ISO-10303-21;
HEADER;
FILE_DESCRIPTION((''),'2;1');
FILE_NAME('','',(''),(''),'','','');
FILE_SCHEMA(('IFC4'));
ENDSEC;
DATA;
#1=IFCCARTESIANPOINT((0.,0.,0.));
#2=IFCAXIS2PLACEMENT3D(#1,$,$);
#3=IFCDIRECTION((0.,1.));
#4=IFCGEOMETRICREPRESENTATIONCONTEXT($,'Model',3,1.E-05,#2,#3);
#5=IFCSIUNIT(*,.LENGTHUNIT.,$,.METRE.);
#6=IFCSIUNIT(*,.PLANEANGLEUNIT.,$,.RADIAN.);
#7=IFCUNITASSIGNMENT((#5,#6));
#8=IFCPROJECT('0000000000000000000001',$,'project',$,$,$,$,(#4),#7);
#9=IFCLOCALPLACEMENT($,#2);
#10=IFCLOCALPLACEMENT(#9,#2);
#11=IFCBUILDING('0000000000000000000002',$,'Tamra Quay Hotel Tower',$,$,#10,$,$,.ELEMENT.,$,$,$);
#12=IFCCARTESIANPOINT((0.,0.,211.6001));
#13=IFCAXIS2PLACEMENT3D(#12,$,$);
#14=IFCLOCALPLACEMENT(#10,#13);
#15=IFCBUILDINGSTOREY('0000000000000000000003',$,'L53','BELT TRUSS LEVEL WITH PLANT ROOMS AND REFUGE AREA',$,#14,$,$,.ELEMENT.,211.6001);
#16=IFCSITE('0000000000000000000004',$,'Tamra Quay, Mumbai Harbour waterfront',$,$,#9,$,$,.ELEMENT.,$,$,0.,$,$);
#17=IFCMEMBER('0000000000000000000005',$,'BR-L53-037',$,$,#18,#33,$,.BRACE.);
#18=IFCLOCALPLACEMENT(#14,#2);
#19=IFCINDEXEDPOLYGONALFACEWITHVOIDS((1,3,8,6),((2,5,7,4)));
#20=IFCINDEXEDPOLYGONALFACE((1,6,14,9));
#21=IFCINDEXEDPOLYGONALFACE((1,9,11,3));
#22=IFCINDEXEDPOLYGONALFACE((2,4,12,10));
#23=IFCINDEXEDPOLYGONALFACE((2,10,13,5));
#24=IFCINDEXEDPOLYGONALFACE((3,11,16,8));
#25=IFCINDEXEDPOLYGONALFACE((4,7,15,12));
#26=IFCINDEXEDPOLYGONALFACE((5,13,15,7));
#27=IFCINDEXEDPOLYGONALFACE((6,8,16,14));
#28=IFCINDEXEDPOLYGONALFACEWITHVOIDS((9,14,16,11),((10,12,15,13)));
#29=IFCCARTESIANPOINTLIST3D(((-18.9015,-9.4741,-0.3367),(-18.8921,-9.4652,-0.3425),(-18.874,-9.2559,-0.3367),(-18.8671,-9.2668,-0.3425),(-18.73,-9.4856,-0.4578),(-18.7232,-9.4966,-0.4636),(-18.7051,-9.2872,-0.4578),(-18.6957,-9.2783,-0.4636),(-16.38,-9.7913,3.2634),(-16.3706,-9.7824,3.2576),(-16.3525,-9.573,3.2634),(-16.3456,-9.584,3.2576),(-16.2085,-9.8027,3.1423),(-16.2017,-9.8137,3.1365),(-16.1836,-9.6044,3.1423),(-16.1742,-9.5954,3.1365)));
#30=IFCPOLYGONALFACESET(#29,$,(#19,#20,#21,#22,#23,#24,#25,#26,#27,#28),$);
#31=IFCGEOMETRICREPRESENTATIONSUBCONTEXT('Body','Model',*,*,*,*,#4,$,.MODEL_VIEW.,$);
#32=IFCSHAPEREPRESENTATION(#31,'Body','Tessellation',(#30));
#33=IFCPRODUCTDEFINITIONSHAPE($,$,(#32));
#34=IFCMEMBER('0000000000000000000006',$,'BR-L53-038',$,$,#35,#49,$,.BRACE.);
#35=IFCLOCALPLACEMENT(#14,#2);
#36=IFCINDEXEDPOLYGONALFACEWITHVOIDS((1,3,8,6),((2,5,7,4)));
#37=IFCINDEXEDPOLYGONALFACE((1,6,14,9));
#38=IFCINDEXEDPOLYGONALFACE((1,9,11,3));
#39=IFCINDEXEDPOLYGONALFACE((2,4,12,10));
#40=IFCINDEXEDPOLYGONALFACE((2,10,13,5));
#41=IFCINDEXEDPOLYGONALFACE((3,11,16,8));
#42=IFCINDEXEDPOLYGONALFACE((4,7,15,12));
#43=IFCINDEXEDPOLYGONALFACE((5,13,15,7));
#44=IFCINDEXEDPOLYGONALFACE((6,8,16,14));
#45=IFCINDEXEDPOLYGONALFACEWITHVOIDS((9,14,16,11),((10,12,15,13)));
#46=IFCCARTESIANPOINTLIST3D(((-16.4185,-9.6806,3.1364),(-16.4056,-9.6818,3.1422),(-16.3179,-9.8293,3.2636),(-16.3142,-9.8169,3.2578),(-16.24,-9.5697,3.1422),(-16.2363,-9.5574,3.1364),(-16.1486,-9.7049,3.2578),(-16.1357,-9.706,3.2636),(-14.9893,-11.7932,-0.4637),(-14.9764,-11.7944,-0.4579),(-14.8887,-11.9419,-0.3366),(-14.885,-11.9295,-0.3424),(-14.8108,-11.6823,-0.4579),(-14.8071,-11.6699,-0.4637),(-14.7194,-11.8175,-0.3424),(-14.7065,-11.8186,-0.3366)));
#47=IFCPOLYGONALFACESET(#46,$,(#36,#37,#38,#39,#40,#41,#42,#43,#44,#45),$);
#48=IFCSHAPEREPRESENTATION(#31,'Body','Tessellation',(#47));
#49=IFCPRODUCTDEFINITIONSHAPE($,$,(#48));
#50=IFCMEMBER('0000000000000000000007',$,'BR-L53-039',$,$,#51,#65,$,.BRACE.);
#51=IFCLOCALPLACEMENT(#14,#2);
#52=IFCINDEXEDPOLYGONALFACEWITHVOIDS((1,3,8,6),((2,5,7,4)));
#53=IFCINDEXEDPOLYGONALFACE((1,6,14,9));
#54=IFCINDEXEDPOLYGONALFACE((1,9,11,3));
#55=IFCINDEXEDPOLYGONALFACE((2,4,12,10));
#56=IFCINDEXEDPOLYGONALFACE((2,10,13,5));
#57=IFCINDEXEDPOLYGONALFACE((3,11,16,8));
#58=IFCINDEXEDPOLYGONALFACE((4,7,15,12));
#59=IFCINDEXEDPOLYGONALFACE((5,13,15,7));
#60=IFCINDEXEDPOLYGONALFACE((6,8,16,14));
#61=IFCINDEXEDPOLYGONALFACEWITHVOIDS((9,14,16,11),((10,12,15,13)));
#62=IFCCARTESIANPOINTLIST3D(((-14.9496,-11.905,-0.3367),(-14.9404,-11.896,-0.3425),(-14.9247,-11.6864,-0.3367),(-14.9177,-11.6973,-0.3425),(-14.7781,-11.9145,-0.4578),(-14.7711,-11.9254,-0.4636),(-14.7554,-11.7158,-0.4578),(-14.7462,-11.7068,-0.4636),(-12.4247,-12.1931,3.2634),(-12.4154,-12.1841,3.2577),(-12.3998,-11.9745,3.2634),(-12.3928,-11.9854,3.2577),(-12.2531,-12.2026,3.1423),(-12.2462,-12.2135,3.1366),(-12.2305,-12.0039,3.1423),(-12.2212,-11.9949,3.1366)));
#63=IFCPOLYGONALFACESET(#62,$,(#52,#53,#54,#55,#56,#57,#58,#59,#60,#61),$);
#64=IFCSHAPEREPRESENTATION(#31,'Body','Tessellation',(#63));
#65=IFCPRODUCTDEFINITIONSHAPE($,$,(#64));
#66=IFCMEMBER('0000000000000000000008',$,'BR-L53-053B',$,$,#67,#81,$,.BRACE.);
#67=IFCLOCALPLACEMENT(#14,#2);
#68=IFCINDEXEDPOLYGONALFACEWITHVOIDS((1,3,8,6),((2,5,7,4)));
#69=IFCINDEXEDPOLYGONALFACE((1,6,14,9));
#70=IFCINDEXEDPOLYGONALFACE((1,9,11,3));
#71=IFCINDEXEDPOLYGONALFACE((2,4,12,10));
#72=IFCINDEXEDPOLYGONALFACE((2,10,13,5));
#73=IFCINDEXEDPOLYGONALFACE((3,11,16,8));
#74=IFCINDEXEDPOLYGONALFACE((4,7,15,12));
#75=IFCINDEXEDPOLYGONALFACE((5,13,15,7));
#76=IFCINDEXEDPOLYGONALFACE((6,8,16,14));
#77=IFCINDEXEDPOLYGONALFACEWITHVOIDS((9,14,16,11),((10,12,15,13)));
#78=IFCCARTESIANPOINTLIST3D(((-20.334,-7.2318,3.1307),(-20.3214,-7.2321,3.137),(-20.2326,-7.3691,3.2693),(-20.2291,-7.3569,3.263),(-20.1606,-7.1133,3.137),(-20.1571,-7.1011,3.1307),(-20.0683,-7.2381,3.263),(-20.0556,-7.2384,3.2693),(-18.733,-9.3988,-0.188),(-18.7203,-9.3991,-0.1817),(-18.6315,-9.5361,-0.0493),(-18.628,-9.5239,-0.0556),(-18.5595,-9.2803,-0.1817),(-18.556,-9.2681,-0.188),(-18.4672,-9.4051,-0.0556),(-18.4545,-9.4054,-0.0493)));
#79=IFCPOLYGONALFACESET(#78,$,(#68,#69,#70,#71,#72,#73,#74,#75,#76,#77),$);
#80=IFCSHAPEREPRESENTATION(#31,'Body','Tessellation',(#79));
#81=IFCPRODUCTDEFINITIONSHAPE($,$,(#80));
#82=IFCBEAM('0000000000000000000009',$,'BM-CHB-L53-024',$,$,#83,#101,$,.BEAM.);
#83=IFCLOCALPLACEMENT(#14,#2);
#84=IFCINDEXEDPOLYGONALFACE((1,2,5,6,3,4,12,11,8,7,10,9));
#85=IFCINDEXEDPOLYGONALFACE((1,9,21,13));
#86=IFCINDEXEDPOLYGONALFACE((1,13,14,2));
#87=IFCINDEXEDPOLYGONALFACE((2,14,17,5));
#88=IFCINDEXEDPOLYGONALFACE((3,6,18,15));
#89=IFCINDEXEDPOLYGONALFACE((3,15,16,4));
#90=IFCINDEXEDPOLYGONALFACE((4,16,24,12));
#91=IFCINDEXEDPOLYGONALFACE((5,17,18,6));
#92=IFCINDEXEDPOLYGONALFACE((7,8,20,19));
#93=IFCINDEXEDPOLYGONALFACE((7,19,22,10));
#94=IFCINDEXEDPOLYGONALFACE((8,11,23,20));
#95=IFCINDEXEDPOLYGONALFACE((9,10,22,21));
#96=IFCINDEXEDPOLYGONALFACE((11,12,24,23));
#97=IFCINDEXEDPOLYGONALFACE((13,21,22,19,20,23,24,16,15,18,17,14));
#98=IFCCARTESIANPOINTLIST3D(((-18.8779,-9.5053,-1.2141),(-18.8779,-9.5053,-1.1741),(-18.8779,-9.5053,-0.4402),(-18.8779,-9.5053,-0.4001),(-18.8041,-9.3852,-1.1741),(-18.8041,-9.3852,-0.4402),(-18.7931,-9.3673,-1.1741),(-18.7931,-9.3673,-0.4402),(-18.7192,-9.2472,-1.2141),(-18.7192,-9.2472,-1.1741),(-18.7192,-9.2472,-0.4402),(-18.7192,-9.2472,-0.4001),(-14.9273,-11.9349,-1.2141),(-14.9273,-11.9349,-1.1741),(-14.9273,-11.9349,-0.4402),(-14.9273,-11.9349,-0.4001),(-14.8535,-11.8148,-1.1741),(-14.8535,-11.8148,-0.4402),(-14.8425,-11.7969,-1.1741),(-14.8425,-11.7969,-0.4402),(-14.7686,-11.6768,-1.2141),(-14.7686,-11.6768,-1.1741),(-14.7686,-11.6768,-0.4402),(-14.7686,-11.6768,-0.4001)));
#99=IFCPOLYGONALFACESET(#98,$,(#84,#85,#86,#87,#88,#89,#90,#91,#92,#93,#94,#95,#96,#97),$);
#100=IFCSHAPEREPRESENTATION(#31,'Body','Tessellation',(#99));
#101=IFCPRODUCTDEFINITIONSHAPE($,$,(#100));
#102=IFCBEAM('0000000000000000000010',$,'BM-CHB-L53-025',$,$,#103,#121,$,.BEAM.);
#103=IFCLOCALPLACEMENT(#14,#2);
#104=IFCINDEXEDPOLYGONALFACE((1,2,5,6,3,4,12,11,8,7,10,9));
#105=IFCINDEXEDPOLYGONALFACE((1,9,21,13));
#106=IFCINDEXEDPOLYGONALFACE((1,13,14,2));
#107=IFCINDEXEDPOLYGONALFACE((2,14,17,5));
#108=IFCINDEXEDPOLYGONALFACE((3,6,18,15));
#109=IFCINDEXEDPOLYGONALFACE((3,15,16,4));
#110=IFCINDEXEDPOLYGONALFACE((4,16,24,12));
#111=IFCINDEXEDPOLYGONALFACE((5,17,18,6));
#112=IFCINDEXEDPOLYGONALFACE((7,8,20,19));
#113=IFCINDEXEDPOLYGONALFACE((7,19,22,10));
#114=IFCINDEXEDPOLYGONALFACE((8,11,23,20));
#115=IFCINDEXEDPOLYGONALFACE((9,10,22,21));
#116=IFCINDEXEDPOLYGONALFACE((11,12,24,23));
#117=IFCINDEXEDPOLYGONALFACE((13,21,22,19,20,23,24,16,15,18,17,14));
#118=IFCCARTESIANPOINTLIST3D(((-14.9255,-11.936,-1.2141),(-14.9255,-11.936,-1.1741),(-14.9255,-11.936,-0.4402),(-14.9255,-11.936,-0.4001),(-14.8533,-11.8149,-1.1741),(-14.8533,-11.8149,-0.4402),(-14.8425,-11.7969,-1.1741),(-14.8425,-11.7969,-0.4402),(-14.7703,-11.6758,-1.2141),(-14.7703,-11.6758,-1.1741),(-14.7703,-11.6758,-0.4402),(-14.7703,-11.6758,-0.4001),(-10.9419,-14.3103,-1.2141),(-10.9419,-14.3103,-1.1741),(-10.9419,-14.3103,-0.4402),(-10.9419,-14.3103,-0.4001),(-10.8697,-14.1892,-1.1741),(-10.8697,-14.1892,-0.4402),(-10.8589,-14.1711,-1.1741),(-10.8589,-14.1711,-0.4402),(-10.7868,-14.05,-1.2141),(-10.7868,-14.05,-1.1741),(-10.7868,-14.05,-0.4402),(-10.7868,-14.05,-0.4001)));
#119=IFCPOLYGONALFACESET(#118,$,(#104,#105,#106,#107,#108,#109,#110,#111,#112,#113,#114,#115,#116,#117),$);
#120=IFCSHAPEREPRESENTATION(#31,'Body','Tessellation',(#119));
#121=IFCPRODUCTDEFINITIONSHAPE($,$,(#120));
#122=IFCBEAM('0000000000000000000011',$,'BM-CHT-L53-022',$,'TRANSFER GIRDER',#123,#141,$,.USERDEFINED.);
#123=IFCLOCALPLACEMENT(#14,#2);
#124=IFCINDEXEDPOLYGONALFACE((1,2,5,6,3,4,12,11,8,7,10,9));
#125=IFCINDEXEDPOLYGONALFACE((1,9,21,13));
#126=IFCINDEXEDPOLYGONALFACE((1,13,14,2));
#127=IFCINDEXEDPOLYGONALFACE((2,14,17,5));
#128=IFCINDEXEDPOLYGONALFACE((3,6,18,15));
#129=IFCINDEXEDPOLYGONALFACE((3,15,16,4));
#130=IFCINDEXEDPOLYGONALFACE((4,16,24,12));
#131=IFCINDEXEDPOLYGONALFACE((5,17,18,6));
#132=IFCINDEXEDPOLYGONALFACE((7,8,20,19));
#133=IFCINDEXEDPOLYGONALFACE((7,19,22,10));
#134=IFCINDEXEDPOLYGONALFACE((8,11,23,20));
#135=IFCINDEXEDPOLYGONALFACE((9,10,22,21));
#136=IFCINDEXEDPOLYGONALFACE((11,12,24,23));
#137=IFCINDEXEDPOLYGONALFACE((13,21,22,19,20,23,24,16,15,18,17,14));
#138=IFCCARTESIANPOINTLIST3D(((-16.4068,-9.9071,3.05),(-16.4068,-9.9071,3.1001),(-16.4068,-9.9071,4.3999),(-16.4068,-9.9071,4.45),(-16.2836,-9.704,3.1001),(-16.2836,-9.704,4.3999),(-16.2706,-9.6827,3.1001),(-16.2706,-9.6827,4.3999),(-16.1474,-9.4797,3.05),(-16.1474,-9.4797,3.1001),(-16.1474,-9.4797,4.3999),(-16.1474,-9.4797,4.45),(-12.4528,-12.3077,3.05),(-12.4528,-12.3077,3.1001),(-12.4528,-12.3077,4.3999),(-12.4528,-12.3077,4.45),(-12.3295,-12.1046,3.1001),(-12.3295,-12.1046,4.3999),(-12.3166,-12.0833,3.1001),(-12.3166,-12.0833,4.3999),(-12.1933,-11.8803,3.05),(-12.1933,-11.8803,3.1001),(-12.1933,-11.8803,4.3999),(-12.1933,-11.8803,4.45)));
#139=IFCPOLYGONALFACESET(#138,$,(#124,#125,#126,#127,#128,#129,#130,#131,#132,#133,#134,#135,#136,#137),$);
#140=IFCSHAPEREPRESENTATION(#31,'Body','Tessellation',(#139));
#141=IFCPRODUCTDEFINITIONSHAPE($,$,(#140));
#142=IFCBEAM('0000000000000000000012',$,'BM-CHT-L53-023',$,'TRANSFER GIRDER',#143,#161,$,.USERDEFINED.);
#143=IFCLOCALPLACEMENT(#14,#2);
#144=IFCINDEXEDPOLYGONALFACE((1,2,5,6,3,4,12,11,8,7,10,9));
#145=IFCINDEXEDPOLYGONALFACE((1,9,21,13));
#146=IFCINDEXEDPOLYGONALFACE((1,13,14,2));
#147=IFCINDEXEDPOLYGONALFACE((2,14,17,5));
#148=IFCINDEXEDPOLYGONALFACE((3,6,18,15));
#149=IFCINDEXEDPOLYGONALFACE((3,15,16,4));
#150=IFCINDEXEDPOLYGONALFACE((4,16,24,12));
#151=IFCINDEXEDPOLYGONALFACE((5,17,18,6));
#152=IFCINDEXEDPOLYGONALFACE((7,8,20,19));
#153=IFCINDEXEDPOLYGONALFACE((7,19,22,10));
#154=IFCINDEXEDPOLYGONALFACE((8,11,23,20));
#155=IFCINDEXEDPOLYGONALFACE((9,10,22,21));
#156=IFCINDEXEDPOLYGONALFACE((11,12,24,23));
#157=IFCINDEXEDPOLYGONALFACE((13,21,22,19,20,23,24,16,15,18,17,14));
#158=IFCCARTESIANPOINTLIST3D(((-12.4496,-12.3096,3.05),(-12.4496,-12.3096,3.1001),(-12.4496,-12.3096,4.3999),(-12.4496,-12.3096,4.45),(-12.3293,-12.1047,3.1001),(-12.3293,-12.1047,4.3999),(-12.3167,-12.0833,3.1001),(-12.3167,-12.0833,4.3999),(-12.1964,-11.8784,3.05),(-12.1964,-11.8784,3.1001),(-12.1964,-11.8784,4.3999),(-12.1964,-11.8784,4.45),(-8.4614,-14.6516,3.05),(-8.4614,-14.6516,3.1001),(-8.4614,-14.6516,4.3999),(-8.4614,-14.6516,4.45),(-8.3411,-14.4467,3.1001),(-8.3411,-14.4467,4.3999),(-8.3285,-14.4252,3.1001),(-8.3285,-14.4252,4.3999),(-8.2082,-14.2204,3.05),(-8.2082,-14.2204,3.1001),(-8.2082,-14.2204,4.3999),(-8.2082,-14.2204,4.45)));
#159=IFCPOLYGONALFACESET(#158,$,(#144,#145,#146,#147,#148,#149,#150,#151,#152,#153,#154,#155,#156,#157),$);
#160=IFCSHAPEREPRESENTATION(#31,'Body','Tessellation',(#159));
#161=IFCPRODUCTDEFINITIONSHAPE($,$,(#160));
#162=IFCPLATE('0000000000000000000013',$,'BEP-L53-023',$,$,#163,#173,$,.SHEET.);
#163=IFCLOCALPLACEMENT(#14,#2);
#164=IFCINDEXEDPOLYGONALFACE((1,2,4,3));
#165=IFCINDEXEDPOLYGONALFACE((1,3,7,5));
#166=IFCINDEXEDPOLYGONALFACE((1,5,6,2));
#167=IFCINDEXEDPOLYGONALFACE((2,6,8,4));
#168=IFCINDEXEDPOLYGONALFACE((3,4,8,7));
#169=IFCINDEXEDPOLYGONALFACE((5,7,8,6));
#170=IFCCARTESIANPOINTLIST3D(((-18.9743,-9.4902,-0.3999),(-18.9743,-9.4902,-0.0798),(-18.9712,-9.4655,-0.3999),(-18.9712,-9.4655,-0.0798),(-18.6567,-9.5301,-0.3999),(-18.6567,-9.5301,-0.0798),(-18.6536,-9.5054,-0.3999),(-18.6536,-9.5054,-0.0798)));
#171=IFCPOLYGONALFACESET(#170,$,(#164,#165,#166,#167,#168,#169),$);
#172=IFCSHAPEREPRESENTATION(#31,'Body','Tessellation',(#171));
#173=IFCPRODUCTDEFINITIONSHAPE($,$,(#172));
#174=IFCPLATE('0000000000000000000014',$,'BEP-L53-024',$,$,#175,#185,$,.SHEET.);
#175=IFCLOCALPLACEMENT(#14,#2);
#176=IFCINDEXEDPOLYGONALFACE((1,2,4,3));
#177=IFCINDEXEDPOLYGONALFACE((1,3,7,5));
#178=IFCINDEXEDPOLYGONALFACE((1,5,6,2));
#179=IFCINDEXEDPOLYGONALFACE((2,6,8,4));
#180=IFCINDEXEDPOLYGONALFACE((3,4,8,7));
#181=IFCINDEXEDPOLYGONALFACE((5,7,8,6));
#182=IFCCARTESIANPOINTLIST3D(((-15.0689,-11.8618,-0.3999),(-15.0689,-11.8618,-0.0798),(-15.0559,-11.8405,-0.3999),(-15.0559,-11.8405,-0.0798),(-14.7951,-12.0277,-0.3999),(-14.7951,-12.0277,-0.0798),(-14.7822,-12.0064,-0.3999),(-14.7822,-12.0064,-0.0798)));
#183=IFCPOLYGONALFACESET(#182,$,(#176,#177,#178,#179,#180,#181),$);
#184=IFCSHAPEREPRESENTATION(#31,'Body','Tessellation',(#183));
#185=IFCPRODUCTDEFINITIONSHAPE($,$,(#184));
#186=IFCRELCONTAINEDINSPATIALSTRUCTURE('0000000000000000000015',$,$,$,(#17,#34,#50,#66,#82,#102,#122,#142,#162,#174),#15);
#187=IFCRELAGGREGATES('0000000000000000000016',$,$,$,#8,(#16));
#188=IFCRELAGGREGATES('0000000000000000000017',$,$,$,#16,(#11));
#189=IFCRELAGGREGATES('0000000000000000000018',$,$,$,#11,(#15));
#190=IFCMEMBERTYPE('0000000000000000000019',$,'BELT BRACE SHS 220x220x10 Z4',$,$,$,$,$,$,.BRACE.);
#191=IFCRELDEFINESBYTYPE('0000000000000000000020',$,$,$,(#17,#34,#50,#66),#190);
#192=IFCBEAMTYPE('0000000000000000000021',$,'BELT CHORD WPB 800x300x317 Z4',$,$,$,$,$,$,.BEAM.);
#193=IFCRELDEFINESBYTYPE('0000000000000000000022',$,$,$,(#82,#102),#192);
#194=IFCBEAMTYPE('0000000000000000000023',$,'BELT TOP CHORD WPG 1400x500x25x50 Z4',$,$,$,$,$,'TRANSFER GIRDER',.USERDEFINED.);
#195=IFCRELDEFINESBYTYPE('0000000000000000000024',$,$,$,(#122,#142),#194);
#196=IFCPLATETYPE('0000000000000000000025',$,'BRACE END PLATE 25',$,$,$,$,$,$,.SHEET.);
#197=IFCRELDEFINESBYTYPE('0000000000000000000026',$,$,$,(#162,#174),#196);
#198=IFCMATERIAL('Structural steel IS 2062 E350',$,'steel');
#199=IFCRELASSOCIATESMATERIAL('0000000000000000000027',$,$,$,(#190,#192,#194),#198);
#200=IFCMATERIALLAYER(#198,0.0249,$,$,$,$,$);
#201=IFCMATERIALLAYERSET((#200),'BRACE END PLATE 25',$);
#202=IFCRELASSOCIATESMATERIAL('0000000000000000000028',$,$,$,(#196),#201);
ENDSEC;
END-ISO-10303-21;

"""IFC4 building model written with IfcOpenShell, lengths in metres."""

from ifc_helpers import new_model, si_unit, direction, frame, origin, origin_2d, place, context, subcontext, project, spatial, rectangle, hollow_rectangle, i_section, extrude, material, layer, layer_set, material_profile, profile_set, type_object, element, save


model = new_model("IFC4")

# Units and contexts
model_context = context("Model", 3, precision=1e-05, world=origin(), true_north=direction((0.0, 1.0)))
body_context = subcontext(model_context, "Body", "Model", "MODEL_VIEW")
ifc_project = project(units=[si_unit("LENGTHUNIT", "METRE"), si_unit("PLANEANGLEUNIT", "RADIAN")], contexts=[model_context])

# Site, building, storey
site_placement = place(None, origin())
site = spatial("IfcSite", under=ifc_project, at=site_placement, Name="Tamra Quay, Mumbai Harbour waterfront", CompositionType="ELEMENT", RefElevation=0.0)
building_placement = place(site_placement, origin())
building = spatial("IfcBuilding", under=site, at=building_placement, Name="Tamra Quay Hotel Tower", CompositionType="ELEMENT")
storey_placement = place(building_placement, frame((0.0, 0.0, 211.6001)))
storey = spatial("IfcBuildingStorey", under=building, at=storey_placement, Name="L53", Description="BELT TRUSS LEVEL WITH PLANT ROOMS AND REFUGE AREA", CompositionType="ELEMENT", Elevation=211.6001)

# Members
ifc_material_1 = material(Name="Structural steel IS 2062 E350", Category="steel")
ifc_material_profile_1 = material_profile(ifc_material_1, hollow_rectangle(XDim=0.22, YDim=0.22, WallThickness=0.01, at=origin_2d()), Name="SHS 220x220x10")
ifc_profile_set_1 = profile_set([ifc_material_profile_1], Name="Structural steel IS 2062 E350")
member_type = type_object("IfcMemberType", Name="BELT BRACE SHS 220x220x10 Z4", PredefinedType="BRACE", material=ifc_profile_set_1)
member_1_placement = place(storey_placement, frame((-18.7986, -9.3762, -0.4001), z_axis=(0.572191, -0.071967, 0.816957), x_axis=(0.124791, 0.992183, 0.0)))
element("IfcMember", 1, at=member_1_placement, inside=storey, type_object=member_type, Name="BR-L53-037", PredefinedType="BRACE", context=body_context, shape_type="SweptSolid", body=[
    extrude(hollow_rectangle(XDim=0.22, YDim=0.22, WallThickness=0.01, at=origin_2d()), origin(), (0.0, 0.0, 1.0), 4.4067),
])
member_2_placement = place(storey_placement, frame((-14.8479, -11.8059, -0.4001), z_axis=(-0.323931, 0.478814, 0.81597), x_axis=(-0.828261, -0.560342, 0.0)))
element("IfcMember", 2, at=member_2_placement, inside=storey, type_object=member_type, Name="BR-L53-038", PredefinedType="BRACE", context=body_context, shape_type="SweptSolid", body=[
    extrude(hollow_rectangle(XDim=0.22, YDim=0.22, WallThickness=0.01, at=origin_2d()), origin(), (0.0, 0.0, 1.0), 4.4121),
])
member_3_placement = place(storey_placement, frame((-14.8479, -11.8059, -0.4001), z_axis=(0.572972, -0.065375, 0.816964), x_axis=(0.113362, 0.993554, 0.0)))
element("IfcMember", 3, at=member_3_placement, inside=storey, type_object=member_type, Name="BR-L53-039", PredefinedType="BRACE", context=body_context, shape_type="SweptSolid", body=[
    extrude(hollow_rectangle(XDim=0.22, YDim=0.22, WallThickness=0.01, at=origin_2d()), origin(), (0.0, 0.0, 1.0), 4.4067),
])
member_4_placement = place(storey_placement, frame((-18.5938, -9.4021, -0.1187), z_axis=(-0.374553, 0.506943, 0.77635), x_axis=(-0.804285, -0.594243, 0.0)))
element("IfcMember", 4, at=member_4_placement, inside=storey, type_object=member_type, Name="BR-L53-053B", PredefinedType="BRACE", context=body_context, shape_type="SweptSolid", body=[
    extrude(hollow_rectangle(XDim=0.22, YDim=0.22, WallThickness=0.01, at=origin_2d()), origin(), (0.0, 0.0, 1.0), 4.2747),
])

# Beams
ifc_material_profile_2 = material_profile(ifc_material_1, i_section(OverallWidth=0.303, OverallDepth=0.814, WebThickness=0.021, FlangeThickness=0.04, at=origin_2d()), Name="WPB 800x300x317")
ifc_profile_set_2 = profile_set([ifc_material_profile_2], Name="Structural steel IS 2062 E350")
beam_type_1 = type_object("IfcBeamType", Name="BELT CHORD WPB 800x300x317 Z4", PredefinedType="BEAM", material=ifc_profile_set_2)
beam_1_placement = place(storey_placement, frame((-18.7986, -9.3762, -0.8071), z_axis=(0.851803, -0.523862, 0.0), x_axis=(0.523862, 0.851803, 0.0)))
element("IfcBeam", 5, at=beam_1_placement, inside=storey, type_object=beam_type_1, Name="BM-CHB-L53-024", PredefinedType="BEAM", context=body_context, shape_type="SweptSolid", body=[
    extrude(i_section(OverallWidth=0.303, OverallDepth=0.814, WebThickness=0.021, FlangeThickness=0.04, at=origin_2d()), origin(), (0.0, 0.0, 1.0), 4.6379),
])
beam_2_placement = place(storey_placement, frame((-14.8479, -11.8059, -0.8071), z_axis=(0.859004, -0.51197, 0.0), x_axis=(0.51197, 0.859004, 0.0)))
element("IfcBeam", 6, at=beam_2_placement, inside=storey, type_object=beam_type_1, Name="BM-CHB-L53-025", PredefinedType="BEAM", context=body_context, shape_type="SweptSolid", body=[
    extrude(i_section(OverallWidth=0.303, OverallDepth=0.814, WebThickness=0.021, FlangeThickness=0.04, at=origin_2d()), origin(), (0.0, 0.0, 1.0), 4.6375),
])
ifc_material_profile_3 = material_profile(ifc_material_1, i_section(OverallWidth=0.5, OverallDepth=1.3999, WebThickness=0.0249, FlangeThickness=0.05, at=origin_2d()), Name="WPG 1400x500x25x50")
ifc_profile_set_3 = profile_set([ifc_material_profile_3], Name="Structural steel IS 2062 E350")
beam_type_2 = type_object("IfcBeamType", Name="BELT TOP CHORD WPG 1400x500x25x50 Z4", ElementType="TRANSFER GIRDER", PredefinedType="USERDEFINED", material=ifc_profile_set_3)
beam_3_placement = place(storey_placement, frame((-16.2771, -9.6934, 3.75), z_axis=(0.854794, -0.518967, 0.0), x_axis=(0.518967, 0.854794, 0.0)))
element("IfcBeam", 7, at=beam_3_placement, inside=storey, type_object=beam_type_2, Name="BM-CHT-L53-022", ObjectType="TRANSFER GIRDER", PredefinedType="USERDEFINED", context=body_context, shape_type="SweptSolid", body=[
    extrude(i_section(OverallWidth=0.5, OverallDepth=1.3999, WebThickness=0.0249, FlangeThickness=0.05, at=origin_2d()), origin(), (0.0, 0.0, 1.0), 4.6257),
])
beam_4_placement = place(storey_placement, frame((-12.323, -12.094, 3.75), z_axis=(0.862313, -0.506376, 0.0), x_axis=(0.506376, 0.862313, 0.0)))
element("IfcBeam", 8, at=beam_4_placement, inside=storey, type_object=beam_type_2, Name="BM-CHT-L53-023", ObjectType="TRANSFER GIRDER", PredefinedType="USERDEFINED", context=body_context, shape_type="SweptSolid", body=[
    extrude(i_section(OverallWidth=0.5, OverallDepth=1.3999, WebThickness=0.0249, FlangeThickness=0.05, at=origin_2d()), origin(), (0.0, 0.0, 1.0), 4.625),
])

# Plates
ifc_layer_1 = layer(ifc_material_1, 0.0249)
ifc_layer_set_1 = layer_set([ifc_layer_1], Name="BRACE END PLATE 25")
plate_type = type_object("IfcPlateType", Name="BRACE END PLATE 25", PredefinedType="SHEET", material=ifc_layer_set_1)
for number, where, z_axis, x_axis, name in (
    (9, (-18.814, -9.4978, -0.3999), (0.0, 0.0, 1.0), (0.124765, 0.992186, 0.0), "BEP-L53-023"),
    (10, (-14.9255, -11.9341, -0.3999), (0.0, 0.0, 1.0), (0.518287, 0.855207, 0.0), "BEP-L53-024"),
):
    element("IfcPlate", number, at=place(storey_placement, frame(where, z_axis=z_axis, x_axis=x_axis)), inside=storey, type_object=plate_type, Name=name, PredefinedType="SHEET", context=body_context, shape_type="SweptSolid", body=[
        extrude(rectangle(XDim=0.0249, YDim=0.3201, at=origin_2d()), origin(), (0.0, 0.0, 1.0), 0.3201),
    ])

save(model, "model.ifc")
